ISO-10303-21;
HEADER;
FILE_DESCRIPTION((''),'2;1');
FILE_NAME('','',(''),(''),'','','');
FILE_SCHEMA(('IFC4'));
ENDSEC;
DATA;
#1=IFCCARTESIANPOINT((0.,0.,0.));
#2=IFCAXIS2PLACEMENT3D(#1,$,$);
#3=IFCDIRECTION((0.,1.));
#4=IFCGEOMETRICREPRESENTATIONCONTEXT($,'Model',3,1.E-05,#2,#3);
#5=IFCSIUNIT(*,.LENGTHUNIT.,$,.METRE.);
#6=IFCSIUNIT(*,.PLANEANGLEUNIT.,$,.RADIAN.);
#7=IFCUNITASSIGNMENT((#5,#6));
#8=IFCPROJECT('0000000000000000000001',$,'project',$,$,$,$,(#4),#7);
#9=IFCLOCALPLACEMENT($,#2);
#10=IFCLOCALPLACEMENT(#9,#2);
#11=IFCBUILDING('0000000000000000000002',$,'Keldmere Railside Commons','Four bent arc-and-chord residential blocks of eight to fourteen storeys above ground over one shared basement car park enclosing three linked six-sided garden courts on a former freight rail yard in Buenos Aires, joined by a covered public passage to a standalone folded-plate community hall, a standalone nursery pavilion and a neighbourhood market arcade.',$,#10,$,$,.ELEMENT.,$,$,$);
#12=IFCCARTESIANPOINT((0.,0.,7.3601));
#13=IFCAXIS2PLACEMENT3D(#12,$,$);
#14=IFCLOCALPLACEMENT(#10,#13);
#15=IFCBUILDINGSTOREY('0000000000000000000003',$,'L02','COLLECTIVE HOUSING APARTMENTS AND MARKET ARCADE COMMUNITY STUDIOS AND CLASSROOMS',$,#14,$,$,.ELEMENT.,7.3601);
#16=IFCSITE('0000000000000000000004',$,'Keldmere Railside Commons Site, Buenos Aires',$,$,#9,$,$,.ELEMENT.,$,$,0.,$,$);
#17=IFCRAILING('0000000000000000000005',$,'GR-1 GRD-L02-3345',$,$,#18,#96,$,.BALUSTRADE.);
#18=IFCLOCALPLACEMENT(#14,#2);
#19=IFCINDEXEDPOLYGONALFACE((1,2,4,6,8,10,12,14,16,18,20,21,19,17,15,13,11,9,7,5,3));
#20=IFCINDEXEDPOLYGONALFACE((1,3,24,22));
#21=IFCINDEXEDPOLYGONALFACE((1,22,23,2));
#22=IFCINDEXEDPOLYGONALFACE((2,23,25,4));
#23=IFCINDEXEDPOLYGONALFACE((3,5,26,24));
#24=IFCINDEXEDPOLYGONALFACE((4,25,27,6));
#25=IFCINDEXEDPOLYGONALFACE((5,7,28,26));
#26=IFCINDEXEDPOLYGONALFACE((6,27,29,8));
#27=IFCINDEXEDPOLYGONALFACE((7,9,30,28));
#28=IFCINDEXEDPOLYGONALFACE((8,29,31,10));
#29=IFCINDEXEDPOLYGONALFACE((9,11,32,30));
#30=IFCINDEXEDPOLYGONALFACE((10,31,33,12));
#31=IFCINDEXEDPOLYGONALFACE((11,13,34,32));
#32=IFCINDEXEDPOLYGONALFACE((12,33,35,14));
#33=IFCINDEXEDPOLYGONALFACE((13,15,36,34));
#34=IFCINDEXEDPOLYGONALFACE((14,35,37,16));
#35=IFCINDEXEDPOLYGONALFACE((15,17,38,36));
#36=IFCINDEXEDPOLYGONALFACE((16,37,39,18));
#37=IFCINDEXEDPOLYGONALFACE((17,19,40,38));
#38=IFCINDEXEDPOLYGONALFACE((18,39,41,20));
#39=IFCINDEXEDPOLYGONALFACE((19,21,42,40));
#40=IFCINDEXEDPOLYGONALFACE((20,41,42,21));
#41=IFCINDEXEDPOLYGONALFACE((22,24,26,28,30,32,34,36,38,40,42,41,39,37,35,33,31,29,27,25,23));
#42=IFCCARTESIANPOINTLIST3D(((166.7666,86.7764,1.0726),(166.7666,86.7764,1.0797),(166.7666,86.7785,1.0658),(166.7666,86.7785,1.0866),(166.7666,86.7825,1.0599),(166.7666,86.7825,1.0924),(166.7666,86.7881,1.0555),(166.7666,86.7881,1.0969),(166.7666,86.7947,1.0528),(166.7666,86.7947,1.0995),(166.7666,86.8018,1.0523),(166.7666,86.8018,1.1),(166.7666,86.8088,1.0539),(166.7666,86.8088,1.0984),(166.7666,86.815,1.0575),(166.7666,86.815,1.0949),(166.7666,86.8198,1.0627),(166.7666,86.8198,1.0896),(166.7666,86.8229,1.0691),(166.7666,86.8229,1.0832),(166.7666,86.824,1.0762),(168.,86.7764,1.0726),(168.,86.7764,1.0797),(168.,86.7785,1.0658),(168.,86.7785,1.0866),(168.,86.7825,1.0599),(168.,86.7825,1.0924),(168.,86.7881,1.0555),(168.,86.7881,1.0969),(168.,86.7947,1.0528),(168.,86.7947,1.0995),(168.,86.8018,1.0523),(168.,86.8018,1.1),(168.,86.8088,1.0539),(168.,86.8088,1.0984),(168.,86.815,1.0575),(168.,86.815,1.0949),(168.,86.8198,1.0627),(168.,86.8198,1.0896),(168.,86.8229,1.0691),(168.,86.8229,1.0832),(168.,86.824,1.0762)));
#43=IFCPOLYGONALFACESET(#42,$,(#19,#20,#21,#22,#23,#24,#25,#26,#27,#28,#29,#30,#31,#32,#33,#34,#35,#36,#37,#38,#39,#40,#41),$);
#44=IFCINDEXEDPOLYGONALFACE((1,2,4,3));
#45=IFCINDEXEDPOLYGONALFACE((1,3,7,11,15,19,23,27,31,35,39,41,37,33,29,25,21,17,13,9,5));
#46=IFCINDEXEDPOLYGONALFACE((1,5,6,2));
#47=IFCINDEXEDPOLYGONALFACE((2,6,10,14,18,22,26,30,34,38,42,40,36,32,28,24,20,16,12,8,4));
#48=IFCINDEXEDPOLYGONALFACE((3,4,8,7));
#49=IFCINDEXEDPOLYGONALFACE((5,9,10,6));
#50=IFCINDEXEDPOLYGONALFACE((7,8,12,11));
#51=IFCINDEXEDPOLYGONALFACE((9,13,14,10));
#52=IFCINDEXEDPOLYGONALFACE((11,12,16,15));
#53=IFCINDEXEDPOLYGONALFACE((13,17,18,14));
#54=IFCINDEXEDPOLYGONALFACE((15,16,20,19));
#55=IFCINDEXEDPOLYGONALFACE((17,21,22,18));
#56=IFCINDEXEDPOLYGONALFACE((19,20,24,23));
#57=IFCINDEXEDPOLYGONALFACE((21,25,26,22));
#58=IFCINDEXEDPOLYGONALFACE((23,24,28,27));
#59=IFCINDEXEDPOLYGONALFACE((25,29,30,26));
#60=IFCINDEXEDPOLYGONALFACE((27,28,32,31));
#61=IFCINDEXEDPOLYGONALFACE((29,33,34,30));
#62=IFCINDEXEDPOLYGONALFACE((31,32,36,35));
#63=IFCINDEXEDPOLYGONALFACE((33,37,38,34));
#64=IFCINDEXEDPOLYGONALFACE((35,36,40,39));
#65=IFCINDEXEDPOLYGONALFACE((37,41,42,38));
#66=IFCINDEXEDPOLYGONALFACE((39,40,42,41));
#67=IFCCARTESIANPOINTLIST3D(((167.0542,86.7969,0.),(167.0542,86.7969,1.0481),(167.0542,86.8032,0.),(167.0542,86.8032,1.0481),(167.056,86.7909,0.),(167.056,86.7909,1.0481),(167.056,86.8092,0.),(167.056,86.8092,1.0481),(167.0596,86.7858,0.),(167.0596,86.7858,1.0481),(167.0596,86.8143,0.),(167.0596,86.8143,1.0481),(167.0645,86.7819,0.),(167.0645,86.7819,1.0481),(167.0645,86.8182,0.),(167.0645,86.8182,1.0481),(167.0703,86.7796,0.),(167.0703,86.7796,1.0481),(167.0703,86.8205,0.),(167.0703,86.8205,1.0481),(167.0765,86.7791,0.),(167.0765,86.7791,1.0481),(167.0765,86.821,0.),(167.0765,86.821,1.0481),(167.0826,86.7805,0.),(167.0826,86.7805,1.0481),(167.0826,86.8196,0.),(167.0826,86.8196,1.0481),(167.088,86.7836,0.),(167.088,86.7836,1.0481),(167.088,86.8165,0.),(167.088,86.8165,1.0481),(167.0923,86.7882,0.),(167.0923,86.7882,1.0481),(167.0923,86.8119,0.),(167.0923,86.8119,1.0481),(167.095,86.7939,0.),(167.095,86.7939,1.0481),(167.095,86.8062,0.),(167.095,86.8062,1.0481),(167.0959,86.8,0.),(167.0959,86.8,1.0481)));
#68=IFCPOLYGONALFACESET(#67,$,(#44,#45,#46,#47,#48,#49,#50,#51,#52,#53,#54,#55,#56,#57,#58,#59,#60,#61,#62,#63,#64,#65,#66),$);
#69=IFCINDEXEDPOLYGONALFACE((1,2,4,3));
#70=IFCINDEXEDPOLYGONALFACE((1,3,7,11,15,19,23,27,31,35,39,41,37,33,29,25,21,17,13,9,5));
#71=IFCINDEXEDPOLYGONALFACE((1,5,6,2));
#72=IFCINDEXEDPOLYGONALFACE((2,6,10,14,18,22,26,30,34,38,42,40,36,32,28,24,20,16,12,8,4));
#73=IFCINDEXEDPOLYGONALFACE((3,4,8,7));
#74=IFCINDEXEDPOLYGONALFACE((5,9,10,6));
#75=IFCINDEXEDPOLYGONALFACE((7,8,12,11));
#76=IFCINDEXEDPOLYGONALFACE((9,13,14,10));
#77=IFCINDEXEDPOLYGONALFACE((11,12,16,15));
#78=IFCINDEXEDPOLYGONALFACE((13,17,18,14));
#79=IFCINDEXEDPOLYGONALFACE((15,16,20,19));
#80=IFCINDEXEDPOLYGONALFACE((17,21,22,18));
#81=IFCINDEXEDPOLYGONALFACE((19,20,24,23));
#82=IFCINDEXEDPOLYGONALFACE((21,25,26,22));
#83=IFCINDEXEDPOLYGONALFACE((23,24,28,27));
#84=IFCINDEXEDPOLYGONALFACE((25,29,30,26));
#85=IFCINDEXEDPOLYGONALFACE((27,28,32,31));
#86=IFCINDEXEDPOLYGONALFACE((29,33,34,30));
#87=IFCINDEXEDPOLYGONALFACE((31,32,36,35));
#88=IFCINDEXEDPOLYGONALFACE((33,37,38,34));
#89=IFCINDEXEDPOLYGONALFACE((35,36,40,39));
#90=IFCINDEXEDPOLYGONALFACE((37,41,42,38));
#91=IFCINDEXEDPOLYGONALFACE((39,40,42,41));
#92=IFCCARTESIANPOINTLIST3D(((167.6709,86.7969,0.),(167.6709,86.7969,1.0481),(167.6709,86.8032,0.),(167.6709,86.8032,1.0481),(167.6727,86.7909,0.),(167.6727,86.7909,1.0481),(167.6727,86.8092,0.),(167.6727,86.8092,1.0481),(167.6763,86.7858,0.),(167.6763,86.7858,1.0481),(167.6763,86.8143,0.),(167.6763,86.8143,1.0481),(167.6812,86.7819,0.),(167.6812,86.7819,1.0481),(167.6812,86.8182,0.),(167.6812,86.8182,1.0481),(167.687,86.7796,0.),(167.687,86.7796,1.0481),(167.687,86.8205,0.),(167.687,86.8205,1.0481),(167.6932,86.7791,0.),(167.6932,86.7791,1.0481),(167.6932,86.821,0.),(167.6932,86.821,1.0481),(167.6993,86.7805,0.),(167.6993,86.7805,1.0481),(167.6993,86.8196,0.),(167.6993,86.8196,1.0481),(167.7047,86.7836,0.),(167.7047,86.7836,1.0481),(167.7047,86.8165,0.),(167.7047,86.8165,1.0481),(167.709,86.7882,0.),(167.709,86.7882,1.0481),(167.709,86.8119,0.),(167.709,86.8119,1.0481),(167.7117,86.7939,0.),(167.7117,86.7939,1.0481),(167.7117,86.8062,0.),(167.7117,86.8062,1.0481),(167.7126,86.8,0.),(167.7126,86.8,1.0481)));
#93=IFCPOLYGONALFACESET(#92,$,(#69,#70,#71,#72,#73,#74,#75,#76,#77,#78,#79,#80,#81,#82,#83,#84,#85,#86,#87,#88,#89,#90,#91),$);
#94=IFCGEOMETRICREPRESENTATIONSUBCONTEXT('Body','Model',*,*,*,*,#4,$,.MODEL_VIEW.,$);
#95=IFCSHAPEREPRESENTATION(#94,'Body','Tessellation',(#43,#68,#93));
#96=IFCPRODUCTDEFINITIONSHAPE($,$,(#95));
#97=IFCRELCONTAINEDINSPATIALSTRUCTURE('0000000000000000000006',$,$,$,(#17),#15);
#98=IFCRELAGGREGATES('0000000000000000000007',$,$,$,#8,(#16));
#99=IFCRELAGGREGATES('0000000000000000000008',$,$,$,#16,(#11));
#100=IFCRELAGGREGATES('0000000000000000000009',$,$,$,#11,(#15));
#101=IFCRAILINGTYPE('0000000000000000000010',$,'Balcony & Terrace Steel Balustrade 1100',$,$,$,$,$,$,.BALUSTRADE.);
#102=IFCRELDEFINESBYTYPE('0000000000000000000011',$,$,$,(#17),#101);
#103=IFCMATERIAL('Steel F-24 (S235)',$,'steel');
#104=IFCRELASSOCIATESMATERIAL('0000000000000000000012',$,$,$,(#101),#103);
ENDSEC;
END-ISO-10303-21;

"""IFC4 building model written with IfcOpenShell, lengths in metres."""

from ifc_helpers import new_model, si_unit, direction, frame, origin, origin_2d, place, context, subcontext, project, spatial, circle, extrude, material, type_object, element, save


model = new_model("IFC4")

# Units and contexts
model_context = context("Model", 3, precision=1e-05, world=origin(), true_north=direction((0.0, 1.0)))
body_context = subcontext(model_context, "Body", "Model", "MODEL_VIEW")
ifc_project = project(units=[si_unit("LENGTHUNIT", "METRE"), si_unit("PLANEANGLEUNIT", "RADIAN")], contexts=[model_context])

# Site, building, storey
site_placement = place(None, origin())
site = spatial("IfcSite", under=ifc_project, at=site_placement, Name="Keldmere Railside Commons Site, Buenos Aires", CompositionType="ELEMENT", RefElevation=0.0)
building_placement = place(site_placement, origin())
building = spatial("IfcBuilding", under=site, at=building_placement, Name="Keldmere Railside Commons", Description="Four bent arc-and-chord residential blocks of eight to fourteen storeys above ground over one shared basement car park enclosing three linked six-sided garden courts on a former freight rail yard in Buenos Aires, joined by a covered public passage to a standalone folded-plate community hall, a standalone nursery pavilion and a neighbourhood market arcade.", CompositionType="ELEMENT")
storey_placement = place(building_placement, frame((0.0, 0.0, 7.3601)))
storey = spatial("IfcBuildingStorey", under=building, at=storey_placement, Name="L02", Description="COLLECTIVE HOUSING APARTMENTS AND MARKET ARCADE COMMUNITY STUDIOS AND CLASSROOMS", CompositionType="ELEMENT", Elevation=7.3601)

# Railing
ifc_material_1 = material(Name="Steel F-24 (S235)", Category="steel")
railing_type = type_object("IfcRailingType", Name="Balcony & Terrace Steel Balustrade 1100", PredefinedType="BALUSTRADE", material=ifc_material_1)
railing_1_placement = place(storey_placement, frame((166.7666, 86.8, 0.0)))
element("IfcRailing", 1, at=railing_1_placement, inside=storey, type_object=railing_type, Name="GR-1 GRD-L02-3345", PredefinedType="BALUSTRADE", context=body_context, shape_type="SweptSolid", body=[
    extrude(circle(Radius=0.0239, at=origin_2d()), frame((0.0, 0.0, 1.0762), z_axis=(1.0, 0.0, 0.0), x_axis=(0.0, 1.0, 0.0)), (0.0, 0.0, 1.0), 1.2334),
    extrude(circle(Radius=0.021, at=origin_2d()), frame((0.3083, 0.0, 0.0)), (0.0, 0.0, 1.0), 1.0481),
    extrude(circle(Radius=0.021, at=origin_2d()), frame((0.925, 0.0, 0.0)), (0.0, 0.0, 1.0), 1.0481),
])

save(model, "model.ifc")
